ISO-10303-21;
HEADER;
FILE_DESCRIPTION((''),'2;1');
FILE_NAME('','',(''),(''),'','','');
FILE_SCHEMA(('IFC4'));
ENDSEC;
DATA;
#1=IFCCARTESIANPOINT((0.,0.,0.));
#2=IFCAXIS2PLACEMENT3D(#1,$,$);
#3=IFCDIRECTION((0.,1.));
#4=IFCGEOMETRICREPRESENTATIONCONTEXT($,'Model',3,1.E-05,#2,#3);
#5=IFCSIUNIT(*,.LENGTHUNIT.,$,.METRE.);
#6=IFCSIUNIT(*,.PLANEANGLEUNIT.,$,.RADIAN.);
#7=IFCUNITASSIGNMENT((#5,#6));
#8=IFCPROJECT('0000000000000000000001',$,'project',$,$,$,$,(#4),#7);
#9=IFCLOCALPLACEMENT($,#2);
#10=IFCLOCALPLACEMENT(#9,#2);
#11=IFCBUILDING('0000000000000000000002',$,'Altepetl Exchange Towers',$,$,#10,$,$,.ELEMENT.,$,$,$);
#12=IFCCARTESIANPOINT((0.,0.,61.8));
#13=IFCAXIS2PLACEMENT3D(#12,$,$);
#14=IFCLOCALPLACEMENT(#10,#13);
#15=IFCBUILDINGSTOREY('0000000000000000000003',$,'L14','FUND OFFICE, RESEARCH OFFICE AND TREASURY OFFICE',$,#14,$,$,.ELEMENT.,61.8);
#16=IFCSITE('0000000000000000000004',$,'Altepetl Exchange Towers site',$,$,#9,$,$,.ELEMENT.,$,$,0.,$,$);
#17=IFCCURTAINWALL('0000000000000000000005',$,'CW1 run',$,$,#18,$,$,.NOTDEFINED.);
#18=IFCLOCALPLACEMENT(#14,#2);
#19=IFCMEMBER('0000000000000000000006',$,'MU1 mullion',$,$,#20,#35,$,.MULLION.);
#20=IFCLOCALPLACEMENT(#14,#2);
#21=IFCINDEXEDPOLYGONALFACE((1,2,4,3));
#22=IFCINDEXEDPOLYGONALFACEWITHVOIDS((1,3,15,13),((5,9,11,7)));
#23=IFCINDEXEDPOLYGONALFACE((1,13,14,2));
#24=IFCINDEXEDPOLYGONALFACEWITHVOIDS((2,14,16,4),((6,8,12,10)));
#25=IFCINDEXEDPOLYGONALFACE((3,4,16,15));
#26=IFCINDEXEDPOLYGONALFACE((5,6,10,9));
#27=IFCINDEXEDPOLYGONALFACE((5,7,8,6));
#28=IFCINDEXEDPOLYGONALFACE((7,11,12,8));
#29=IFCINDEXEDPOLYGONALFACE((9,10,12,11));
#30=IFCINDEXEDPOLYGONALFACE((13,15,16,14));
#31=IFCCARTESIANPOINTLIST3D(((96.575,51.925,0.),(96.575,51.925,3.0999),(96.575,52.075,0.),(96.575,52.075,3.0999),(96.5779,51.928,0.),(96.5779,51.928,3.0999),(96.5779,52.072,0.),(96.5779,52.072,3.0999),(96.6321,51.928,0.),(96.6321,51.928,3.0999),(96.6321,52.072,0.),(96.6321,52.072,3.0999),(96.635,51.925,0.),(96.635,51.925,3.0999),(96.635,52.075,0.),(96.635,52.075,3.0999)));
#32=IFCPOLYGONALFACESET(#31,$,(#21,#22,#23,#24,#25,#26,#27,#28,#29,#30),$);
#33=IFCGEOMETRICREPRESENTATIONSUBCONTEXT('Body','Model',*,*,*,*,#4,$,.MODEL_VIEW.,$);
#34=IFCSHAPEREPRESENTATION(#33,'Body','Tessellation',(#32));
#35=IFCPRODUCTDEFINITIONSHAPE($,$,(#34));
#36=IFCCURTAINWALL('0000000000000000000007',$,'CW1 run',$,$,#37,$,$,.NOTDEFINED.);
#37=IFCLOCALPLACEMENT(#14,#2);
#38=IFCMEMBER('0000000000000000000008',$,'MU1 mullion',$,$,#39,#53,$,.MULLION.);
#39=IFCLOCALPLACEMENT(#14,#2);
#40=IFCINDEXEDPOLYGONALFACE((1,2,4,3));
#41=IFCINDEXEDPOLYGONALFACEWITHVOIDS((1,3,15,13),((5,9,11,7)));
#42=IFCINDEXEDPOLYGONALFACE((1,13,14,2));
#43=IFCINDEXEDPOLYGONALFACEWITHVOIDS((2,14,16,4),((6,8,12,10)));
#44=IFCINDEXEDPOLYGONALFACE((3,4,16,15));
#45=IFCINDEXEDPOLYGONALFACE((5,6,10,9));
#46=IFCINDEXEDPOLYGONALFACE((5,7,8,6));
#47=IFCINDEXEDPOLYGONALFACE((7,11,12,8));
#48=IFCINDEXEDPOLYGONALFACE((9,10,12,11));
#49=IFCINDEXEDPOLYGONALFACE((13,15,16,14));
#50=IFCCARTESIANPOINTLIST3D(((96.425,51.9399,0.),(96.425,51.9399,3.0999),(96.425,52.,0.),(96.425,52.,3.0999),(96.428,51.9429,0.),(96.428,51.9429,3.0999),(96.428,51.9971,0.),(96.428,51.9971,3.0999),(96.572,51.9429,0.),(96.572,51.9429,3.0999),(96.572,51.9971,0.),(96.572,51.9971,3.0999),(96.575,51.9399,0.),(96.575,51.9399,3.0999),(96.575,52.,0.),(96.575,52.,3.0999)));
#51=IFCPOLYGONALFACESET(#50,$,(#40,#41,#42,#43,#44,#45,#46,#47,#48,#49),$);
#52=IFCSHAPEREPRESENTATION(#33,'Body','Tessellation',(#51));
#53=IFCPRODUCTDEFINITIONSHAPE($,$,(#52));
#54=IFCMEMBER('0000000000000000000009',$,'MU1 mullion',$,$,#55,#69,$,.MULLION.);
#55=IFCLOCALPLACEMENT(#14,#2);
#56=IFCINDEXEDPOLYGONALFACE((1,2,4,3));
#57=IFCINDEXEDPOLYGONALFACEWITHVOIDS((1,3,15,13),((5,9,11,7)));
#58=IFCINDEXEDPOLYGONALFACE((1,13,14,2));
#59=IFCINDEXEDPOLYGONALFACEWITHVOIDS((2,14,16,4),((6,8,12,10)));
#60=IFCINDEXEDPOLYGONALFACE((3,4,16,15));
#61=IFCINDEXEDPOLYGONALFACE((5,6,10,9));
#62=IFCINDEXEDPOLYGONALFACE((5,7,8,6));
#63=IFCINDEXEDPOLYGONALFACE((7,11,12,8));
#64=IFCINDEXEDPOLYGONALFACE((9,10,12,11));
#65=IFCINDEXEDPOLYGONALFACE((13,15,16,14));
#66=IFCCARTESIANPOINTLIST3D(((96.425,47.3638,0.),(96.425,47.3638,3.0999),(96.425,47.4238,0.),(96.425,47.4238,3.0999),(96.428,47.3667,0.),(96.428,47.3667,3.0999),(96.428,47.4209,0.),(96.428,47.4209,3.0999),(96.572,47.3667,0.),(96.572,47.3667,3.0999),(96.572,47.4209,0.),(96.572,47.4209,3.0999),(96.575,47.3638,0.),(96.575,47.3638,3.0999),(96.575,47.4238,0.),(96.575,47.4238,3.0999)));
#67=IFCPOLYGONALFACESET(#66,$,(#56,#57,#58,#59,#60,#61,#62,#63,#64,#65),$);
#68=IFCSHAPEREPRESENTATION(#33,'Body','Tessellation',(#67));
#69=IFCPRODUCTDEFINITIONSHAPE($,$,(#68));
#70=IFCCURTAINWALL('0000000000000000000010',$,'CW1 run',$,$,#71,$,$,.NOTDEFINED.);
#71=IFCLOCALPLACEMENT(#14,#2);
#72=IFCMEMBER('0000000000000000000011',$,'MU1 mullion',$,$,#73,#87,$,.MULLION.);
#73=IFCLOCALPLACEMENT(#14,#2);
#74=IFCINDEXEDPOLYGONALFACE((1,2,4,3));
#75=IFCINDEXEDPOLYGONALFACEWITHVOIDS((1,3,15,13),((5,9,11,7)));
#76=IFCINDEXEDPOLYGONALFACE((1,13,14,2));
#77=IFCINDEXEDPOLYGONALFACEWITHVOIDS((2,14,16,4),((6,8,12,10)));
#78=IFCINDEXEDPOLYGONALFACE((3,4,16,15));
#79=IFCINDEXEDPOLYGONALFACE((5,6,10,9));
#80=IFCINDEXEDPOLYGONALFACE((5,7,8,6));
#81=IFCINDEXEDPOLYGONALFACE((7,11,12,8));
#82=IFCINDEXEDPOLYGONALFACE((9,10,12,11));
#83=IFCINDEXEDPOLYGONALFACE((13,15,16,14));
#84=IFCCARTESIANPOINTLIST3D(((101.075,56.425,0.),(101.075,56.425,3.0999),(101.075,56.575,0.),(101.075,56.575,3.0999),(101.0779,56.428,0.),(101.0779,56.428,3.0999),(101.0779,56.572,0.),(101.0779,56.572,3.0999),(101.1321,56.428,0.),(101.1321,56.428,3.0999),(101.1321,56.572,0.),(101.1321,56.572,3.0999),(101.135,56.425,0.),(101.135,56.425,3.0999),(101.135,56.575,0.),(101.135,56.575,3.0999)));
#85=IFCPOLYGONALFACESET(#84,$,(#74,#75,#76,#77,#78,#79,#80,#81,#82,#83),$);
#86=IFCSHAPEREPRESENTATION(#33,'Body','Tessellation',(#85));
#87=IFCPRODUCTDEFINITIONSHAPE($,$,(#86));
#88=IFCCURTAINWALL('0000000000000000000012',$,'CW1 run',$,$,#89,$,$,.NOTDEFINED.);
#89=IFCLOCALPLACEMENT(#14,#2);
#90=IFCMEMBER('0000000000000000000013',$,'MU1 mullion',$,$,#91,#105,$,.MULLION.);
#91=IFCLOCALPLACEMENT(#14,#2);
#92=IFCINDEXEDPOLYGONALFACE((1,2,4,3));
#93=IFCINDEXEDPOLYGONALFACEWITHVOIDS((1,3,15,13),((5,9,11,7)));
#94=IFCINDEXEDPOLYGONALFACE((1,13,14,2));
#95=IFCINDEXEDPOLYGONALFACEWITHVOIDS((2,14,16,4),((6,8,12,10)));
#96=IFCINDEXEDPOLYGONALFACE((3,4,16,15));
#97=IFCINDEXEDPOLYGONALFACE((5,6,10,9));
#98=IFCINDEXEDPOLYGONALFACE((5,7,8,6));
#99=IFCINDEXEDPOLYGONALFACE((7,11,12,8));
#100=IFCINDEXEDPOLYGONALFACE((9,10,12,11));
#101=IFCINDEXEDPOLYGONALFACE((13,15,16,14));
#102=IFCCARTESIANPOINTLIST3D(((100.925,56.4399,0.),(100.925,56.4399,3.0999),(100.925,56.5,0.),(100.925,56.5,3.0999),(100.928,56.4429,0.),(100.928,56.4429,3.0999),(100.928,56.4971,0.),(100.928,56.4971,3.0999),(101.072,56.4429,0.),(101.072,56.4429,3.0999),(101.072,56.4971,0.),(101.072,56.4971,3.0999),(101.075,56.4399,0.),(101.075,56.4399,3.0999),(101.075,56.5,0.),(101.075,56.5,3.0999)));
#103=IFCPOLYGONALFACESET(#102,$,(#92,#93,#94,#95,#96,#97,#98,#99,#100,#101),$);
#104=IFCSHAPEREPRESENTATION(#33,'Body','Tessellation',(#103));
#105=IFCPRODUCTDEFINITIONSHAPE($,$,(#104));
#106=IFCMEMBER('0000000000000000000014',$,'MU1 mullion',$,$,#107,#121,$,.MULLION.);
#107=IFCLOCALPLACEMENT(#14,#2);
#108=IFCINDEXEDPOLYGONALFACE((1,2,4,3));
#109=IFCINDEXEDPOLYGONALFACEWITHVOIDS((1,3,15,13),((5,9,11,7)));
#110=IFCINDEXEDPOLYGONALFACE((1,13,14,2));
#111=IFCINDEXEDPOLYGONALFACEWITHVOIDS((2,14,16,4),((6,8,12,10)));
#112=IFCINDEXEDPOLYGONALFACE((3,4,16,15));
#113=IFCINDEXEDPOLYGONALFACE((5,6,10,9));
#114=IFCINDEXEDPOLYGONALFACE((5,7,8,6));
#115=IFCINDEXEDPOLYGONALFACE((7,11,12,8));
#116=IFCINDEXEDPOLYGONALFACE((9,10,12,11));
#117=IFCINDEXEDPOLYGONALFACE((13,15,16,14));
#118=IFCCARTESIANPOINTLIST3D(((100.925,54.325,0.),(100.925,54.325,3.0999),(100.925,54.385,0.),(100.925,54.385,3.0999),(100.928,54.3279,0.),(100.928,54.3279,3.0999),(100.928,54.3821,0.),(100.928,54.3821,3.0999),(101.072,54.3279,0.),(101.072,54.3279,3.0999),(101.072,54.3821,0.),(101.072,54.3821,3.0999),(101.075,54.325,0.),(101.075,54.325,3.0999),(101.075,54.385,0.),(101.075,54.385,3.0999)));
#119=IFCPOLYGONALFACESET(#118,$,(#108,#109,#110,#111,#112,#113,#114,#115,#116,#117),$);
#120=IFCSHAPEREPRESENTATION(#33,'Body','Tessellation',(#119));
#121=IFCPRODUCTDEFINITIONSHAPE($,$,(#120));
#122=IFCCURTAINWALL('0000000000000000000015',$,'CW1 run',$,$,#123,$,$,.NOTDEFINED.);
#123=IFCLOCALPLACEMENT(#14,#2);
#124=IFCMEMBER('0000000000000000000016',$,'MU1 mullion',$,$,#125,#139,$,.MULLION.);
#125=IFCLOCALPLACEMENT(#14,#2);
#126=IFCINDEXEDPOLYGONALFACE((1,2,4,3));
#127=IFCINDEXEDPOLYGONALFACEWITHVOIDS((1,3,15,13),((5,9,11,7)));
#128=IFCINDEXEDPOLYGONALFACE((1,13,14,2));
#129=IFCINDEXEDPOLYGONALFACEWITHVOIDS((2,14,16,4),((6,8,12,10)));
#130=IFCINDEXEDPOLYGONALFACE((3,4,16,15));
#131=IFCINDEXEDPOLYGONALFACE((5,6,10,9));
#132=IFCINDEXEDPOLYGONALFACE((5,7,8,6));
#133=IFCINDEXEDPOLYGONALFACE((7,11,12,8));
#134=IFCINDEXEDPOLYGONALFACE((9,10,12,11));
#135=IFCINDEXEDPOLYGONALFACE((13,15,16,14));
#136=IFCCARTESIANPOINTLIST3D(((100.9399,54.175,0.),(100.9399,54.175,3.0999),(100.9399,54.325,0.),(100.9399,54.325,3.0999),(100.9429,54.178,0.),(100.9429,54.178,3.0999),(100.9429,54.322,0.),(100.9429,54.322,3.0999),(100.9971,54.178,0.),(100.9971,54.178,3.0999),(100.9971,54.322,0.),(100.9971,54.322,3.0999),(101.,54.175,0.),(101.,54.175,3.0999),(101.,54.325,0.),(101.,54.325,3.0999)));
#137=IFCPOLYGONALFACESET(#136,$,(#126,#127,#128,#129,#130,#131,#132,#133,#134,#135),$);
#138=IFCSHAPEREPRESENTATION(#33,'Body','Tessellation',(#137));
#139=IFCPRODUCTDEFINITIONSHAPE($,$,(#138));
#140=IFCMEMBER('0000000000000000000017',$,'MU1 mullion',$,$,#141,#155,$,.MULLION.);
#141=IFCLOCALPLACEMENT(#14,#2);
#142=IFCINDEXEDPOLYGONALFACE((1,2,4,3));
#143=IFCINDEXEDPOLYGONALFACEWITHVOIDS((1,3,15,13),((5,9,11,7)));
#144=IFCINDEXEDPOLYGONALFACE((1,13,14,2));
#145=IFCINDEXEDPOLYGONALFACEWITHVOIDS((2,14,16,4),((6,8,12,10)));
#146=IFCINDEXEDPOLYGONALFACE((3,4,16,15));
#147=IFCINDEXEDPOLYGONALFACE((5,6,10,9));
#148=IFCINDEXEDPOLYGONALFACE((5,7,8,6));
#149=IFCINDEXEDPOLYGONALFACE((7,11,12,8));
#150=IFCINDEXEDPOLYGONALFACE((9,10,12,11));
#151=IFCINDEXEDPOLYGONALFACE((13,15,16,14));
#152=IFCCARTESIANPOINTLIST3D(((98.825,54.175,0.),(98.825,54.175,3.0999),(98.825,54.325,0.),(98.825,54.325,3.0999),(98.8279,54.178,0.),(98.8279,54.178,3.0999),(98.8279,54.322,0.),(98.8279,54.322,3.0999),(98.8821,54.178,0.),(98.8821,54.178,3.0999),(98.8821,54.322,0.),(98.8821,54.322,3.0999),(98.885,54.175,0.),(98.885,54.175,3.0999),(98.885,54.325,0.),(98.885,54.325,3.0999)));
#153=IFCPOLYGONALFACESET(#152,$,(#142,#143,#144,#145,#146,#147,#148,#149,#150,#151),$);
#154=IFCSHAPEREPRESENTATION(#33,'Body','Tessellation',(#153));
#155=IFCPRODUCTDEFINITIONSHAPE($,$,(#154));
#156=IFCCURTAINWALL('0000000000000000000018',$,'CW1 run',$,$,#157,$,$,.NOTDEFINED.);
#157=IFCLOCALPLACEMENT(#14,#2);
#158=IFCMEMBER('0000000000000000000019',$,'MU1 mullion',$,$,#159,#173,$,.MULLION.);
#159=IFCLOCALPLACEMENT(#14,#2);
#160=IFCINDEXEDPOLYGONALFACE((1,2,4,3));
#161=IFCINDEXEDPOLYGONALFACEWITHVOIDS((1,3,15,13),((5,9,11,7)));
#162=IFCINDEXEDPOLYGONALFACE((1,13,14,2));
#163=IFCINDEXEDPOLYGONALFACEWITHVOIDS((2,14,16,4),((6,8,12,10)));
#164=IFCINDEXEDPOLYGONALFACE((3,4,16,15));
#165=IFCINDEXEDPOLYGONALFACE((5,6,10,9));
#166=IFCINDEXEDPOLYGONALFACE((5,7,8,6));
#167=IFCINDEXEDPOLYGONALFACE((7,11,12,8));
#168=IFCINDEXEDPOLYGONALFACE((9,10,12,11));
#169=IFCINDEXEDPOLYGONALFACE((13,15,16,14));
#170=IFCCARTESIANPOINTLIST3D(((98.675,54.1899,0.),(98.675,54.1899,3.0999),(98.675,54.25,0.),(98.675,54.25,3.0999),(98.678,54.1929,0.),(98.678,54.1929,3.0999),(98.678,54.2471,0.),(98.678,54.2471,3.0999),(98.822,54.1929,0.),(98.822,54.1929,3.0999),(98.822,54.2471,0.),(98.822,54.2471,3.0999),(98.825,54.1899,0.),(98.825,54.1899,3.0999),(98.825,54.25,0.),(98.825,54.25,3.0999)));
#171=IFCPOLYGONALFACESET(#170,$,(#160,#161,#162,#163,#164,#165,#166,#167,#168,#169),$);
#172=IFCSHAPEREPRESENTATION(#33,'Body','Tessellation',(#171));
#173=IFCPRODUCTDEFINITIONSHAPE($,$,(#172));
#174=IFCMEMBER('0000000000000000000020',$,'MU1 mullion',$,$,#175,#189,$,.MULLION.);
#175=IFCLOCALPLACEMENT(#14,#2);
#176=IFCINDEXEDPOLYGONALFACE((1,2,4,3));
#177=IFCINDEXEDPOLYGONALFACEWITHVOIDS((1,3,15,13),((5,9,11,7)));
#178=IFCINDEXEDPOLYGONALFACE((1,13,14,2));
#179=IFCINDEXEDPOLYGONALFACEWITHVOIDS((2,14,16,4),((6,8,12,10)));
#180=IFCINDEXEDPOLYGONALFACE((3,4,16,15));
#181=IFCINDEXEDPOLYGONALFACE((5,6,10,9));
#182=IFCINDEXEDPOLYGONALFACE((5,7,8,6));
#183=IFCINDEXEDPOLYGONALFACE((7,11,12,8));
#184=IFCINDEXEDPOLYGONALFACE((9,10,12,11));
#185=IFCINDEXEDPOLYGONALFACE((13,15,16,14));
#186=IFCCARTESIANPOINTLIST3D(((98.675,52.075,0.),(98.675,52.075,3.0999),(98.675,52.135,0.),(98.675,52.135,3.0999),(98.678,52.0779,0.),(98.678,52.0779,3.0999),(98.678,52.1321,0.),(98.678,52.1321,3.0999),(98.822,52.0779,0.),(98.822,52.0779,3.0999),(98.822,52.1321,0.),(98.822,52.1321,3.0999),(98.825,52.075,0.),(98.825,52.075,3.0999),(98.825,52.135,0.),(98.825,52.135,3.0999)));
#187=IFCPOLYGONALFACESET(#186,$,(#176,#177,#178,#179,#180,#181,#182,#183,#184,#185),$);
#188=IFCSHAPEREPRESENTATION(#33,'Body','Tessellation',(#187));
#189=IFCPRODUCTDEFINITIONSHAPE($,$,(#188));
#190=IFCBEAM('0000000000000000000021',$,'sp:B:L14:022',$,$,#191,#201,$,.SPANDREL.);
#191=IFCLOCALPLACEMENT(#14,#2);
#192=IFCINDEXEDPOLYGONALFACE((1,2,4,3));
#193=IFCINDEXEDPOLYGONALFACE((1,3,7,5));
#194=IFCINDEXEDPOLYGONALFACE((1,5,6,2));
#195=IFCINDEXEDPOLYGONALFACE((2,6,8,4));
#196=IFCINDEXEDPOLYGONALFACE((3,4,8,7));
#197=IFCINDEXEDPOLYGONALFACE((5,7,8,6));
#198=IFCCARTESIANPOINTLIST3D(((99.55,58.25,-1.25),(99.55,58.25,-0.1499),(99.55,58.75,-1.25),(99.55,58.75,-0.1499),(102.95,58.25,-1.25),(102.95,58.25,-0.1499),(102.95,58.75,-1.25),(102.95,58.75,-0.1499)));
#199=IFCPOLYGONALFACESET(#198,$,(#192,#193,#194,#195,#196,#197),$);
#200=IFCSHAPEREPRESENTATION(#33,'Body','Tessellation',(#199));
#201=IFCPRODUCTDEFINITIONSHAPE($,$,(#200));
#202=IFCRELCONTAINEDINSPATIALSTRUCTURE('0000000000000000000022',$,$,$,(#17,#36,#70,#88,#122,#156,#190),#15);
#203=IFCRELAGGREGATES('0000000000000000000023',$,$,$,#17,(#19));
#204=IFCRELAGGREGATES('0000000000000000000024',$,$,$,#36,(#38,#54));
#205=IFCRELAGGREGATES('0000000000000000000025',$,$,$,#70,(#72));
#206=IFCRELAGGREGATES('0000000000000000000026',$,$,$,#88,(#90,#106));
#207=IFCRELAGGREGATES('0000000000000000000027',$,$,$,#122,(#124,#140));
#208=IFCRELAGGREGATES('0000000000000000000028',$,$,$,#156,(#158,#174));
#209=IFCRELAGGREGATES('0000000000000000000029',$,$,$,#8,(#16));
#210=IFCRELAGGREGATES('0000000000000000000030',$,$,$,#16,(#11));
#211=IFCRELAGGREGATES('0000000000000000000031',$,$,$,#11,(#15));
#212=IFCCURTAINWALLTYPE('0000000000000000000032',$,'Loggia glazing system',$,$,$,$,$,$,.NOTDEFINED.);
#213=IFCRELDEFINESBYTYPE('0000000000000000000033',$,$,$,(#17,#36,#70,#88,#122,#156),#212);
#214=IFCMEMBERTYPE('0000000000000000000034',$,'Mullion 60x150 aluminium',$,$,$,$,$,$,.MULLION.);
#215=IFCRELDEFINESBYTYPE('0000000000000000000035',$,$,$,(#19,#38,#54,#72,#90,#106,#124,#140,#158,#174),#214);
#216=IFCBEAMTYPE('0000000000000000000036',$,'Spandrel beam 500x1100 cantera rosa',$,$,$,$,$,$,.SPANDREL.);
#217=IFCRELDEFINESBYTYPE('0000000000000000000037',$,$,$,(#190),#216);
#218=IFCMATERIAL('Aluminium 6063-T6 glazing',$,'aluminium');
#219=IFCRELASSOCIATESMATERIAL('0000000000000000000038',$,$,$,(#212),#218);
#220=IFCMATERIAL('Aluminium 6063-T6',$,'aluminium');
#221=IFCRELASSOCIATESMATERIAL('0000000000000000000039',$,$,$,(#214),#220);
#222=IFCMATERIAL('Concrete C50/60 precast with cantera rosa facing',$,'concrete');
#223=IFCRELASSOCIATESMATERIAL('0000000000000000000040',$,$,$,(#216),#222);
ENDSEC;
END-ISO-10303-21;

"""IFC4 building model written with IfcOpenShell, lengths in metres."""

from ifc_helpers import new_model, si_unit, direction, frame, origin, origin_2d, place, context, subcontext, project, spatial, rectangle, hollow_rectangle, extrude, material, material_profile, profile_set, type_object, element, aggregate, save


model = new_model("IFC4")

# Units and contexts
model_context = context("Model", 3, precision=1e-05, world=origin(), true_north=direction((0.0, 1.0)))
body_context = subcontext(model_context, "Body", "Model", "MODEL_VIEW")
ifc_project = project(units=[si_unit("LENGTHUNIT", "METRE"), si_unit("PLANEANGLEUNIT", "RADIAN")], contexts=[model_context])

# Site, building, storey
site_placement = place(None, origin())
site = spatial("IfcSite", under=ifc_project, at=site_placement, Name="Altepetl Exchange Towers site", CompositionType="ELEMENT", RefElevation=0.0)
building_placement = place(site_placement, origin())
building = spatial("IfcBuilding", under=site, at=building_placement, Name="Altepetl Exchange Towers", CompositionType="ELEMENT")
storey_placement = place(building_placement, frame((0.0, 0.0, 61.8)))
storey = spatial("IfcBuildingStorey", under=building, at=storey_placement, Name="L14", Description="FUND OFFICE, RESEARCH OFFICE AND TREASURY OFFICE", CompositionType="ELEMENT", Elevation=61.8)

# Curtain walls, members
ifc_material_1 = material(Name="Aluminium 6063-T6 glazing", Category="aluminium")
curtain_wall_type = type_object("IfcCurtainWallType", Name="Loggia glazing system", PredefinedType="NOTDEFINED", material=ifc_material_1)
curtain_wall_1_placement = place(storey_placement, origin())
curtain_wall_1 = element("IfcCurtainWall", 1, at=curtain_wall_1_placement, inside=storey, type_object=curtain_wall_type, Name="CW1 run", PredefinedType="NOTDEFINED")
ifc_material_2 = material(Name="Aluminium 6063-T6", Category="aluminium")
ifc_material_profile_1 = material_profile(ifc_material_2, hollow_rectangle(XDim=0.0601, YDim=0.1499, WallThickness=0.0029, at=origin_2d()), Name="Mullion 60x150 aluminium")
ifc_profile_set_1 = profile_set([ifc_material_profile_1], Name="Aluminium 6063-T6")
member_type = type_object("IfcMemberType", Name="Mullion 60x150 aluminium", PredefinedType="MULLION", material=ifc_profile_set_1)
member_1_placement = place(storey_placement, frame((96.605, 52.0, 0.0), z_axis=(0.0, 0.0, 1.0), x_axis=(-1.0, 0.0, 0.0)))
member_1 = element("IfcMember", 2, at=member_1_placement, type_object=member_type, Name="MU1 mullion", PredefinedType="MULLION", context=body_context, shape_type="SweptSolid", body=[
    extrude(hollow_rectangle(XDim=0.0601, YDim=0.1499, WallThickness=0.0029, at=origin_2d()), origin(), (0.0, 0.0, 1.0), 3.0999),
])
curtain_wall_2_placement = place(storey_placement, origin())
curtain_wall_2 = element("IfcCurtainWall", 3, at=curtain_wall_2_placement, inside=storey, type_object=curtain_wall_type, Name="CW1 run", PredefinedType="NOTDEFINED")
member_2_placement = place(storey_placement, frame((96.5, 51.97, 0.0), z_axis=(0.0, 0.0, 1.0), x_axis=(0.0, -1.0, 0.0)))
member_2 = element("IfcMember", 4, at=member_2_placement, type_object=member_type, Name="MU1 mullion", PredefinedType="MULLION", context=body_context, shape_type="SweptSolid", body=[
    extrude(hollow_rectangle(XDim=0.0601, YDim=0.1499, WallThickness=0.0029, at=origin_2d()), origin(), (0.0, 0.0, 1.0), 3.0999),
])
member_3_placement = place(storey_placement, frame((96.5, 47.3938, 0.0), z_axis=(0.0, 0.0, 1.0), x_axis=(0.0, -1.0, 0.0)))
member_3 = element("IfcMember", 5, at=member_3_placement, type_object=member_type, Name="MU1 mullion", PredefinedType="MULLION", context=body_context, shape_type="SweptSolid", body=[
    extrude(hollow_rectangle(XDim=0.0601, YDim=0.1499, WallThickness=0.0029, at=origin_2d()), origin(), (0.0, 0.0, 1.0), 3.0999),
])

# Curtain wall, member
curtain_wall_3_placement = place(storey_placement, origin())
curtain_wall_3 = element("IfcCurtainWall", 6, at=curtain_wall_3_placement, inside=storey, type_object=curtain_wall_type, Name="CW1 run", PredefinedType="NOTDEFINED")
member_4_placement = place(storey_placement, frame((101.105, 56.5, 0.0), z_axis=(0.0, 0.0, 1.0), x_axis=(-1.0, 0.0, 0.0)))
member_4 = element("IfcMember", 7, at=member_4_placement, type_object=member_type, Name="MU1 mullion", PredefinedType="MULLION", context=body_context, shape_type="SweptSolid", body=[
    extrude(hollow_rectangle(XDim=0.0601, YDim=0.1499, WallThickness=0.0029, at=origin_2d()), origin(), (0.0, 0.0, 1.0), 3.0999),
])

# Curtain walls, members
curtain_wall_4_placement = place(storey_placement, origin())
curtain_wall_4 = element("IfcCurtainWall", 8, at=curtain_wall_4_placement, inside=storey, type_object=curtain_wall_type, Name="CW1 run", PredefinedType="NOTDEFINED")
member_5_placement = place(storey_placement, frame((101.0, 56.47, 0.0), z_axis=(0.0, 0.0, 1.0), x_axis=(0.0, -1.0, 0.0)))
member_5 = element("IfcMember", 9, at=member_5_placement, type_object=member_type, Name="MU1 mullion", PredefinedType="MULLION", context=body_context, shape_type="SweptSolid", body=[
    extrude(hollow_rectangle(XDim=0.0601, YDim=0.1499, WallThickness=0.0029, at=origin_2d()), origin(), (0.0, 0.0, 1.0), 3.0999),
])
member_6_placement = place(storey_placement, frame((101.0, 54.355, 0.0), z_axis=(0.0, 0.0, 1.0), x_axis=(0.0, -1.0, 0.0)))
member_6 = element("IfcMember", 10, at=member_6_placement, type_object=member_type, Name="MU1 mullion", PredefinedType="MULLION", context=body_context, shape_type="SweptSolid", body=[
    extrude(hollow_rectangle(XDim=0.0601, YDim=0.1499, WallThickness=0.0029, at=origin_2d()), origin(), (0.0, 0.0, 1.0), 3.0999),
])
curtain_wall_5_placement = place(storey_placement, origin())
curtain_wall_5 = element("IfcCurtainWall", 11, at=curtain_wall_5_placement, inside=storey, type_object=curtain_wall_type, Name="CW1 run", PredefinedType="NOTDEFINED")
member_7_placement = place(storey_placement, frame((100.97, 54.25, 0.0), z_axis=(0.0, 0.0, 1.0), x_axis=(-1.0, 0.0, 0.0)))
member_7 = element("IfcMember", 12, at=member_7_placement, type_object=member_type, Name="MU1 mullion", PredefinedType="MULLION", context=body_context, shape_type="SweptSolid", body=[
    extrude(hollow_rectangle(XDim=0.0601, YDim=0.1499, WallThickness=0.0029, at=origin_2d()), origin(), (0.0, 0.0, 1.0), 3.0999),
])
member_8_placement = place(storey_placement, frame((98.855, 54.25, 0.0), z_axis=(0.0, 0.0, 1.0), x_axis=(-1.0, 0.0, 0.0)))
member_8 = element("IfcMember", 13, at=member_8_placement, type_object=member_type, Name="MU1 mullion", PredefinedType="MULLION", context=body_context, shape_type="SweptSolid", body=[
    extrude(hollow_rectangle(XDim=0.0601, YDim=0.1499, WallThickness=0.0029, at=origin_2d()), origin(), (0.0, 0.0, 1.0), 3.0999),
])
curtain_wall_6_placement = place(storey_placement, origin())
curtain_wall_6 = element("IfcCurtainWall", 14, at=curtain_wall_6_placement, inside=storey, type_object=curtain_wall_type, Name="CW1 run", PredefinedType="NOTDEFINED")
member_9_placement = place(storey_placement, frame((98.75, 54.22, 0.0), z_axis=(0.0, 0.0, 1.0), x_axis=(0.0, -1.0, 0.0)))
member_9 = element("IfcMember", 15, at=member_9_placement, type_object=member_type, Name="MU1 mullion", PredefinedType="MULLION", context=body_context, shape_type="SweptSolid", body=[
    extrude(hollow_rectangle(XDim=0.0601, YDim=0.1499, WallThickness=0.0029, at=origin_2d()), origin(), (0.0, 0.0, 1.0), 3.0999),
])
member_10_placement = place(storey_placement, frame((98.75, 52.105, 0.0), z_axis=(0.0, 0.0, 1.0), x_axis=(0.0, -1.0, 0.0)))
member_10 = element("IfcMember", 16, at=member_10_placement, type_object=member_type, Name="MU1 mullion", PredefinedType="MULLION", context=body_context, shape_type="SweptSolid", body=[
    extrude(hollow_rectangle(XDim=0.0601, YDim=0.1499, WallThickness=0.0029, at=origin_2d()), origin(), (0.0, 0.0, 1.0), 3.0999),
])

# Beam
ifc_material_3 = material(Name="Concrete C50/60 precast with cantera rosa facing", Category="concrete")
ifc_material_profile_2 = material_profile(ifc_material_3, rectangle(XDim=0.5, YDim=1.1001, at=origin_2d()), Name="500 x 1100")
ifc_profile_set_2 = profile_set([ifc_material_profile_2], Name="Concrete C50/60 precast with cantera rosa facing")
beam_type_1 = type_object("IfcBeamType", Name="Spandrel beam 500x1100 cantera rosa", PredefinedType="SPANDREL", material=ifc_profile_set_2)
beam_1_placement = place(storey_placement, frame((102.95, 58.5, -0.7), z_axis=(-1.0, 0.0, 0.0), x_axis=(0.0, -1.0, 0.0)))
element("IfcBeam", 17, at=beam_1_placement, inside=storey, type_object=beam_type_1, Name="sp:B:L14:022", PredefinedType="SPANDREL", context=body_context, shape_type="SweptSolid", body=[
    extrude(rectangle(XDim=0.5, YDim=1.1001, at=origin_2d()), origin(), (0.0, 0.0, 1.0), 3.3999),
])

aggregate(curtain_wall_1, [member_1])
aggregate(curtain_wall_2, [member_2, member_3])
aggregate(curtain_wall_3, [member_4])
aggregate(curtain_wall_4, [member_5, member_6])
aggregate(curtain_wall_5, [member_7, member_8])
aggregate(curtain_wall_6, [member_9, member_10])

save(model, "model.ifc")
